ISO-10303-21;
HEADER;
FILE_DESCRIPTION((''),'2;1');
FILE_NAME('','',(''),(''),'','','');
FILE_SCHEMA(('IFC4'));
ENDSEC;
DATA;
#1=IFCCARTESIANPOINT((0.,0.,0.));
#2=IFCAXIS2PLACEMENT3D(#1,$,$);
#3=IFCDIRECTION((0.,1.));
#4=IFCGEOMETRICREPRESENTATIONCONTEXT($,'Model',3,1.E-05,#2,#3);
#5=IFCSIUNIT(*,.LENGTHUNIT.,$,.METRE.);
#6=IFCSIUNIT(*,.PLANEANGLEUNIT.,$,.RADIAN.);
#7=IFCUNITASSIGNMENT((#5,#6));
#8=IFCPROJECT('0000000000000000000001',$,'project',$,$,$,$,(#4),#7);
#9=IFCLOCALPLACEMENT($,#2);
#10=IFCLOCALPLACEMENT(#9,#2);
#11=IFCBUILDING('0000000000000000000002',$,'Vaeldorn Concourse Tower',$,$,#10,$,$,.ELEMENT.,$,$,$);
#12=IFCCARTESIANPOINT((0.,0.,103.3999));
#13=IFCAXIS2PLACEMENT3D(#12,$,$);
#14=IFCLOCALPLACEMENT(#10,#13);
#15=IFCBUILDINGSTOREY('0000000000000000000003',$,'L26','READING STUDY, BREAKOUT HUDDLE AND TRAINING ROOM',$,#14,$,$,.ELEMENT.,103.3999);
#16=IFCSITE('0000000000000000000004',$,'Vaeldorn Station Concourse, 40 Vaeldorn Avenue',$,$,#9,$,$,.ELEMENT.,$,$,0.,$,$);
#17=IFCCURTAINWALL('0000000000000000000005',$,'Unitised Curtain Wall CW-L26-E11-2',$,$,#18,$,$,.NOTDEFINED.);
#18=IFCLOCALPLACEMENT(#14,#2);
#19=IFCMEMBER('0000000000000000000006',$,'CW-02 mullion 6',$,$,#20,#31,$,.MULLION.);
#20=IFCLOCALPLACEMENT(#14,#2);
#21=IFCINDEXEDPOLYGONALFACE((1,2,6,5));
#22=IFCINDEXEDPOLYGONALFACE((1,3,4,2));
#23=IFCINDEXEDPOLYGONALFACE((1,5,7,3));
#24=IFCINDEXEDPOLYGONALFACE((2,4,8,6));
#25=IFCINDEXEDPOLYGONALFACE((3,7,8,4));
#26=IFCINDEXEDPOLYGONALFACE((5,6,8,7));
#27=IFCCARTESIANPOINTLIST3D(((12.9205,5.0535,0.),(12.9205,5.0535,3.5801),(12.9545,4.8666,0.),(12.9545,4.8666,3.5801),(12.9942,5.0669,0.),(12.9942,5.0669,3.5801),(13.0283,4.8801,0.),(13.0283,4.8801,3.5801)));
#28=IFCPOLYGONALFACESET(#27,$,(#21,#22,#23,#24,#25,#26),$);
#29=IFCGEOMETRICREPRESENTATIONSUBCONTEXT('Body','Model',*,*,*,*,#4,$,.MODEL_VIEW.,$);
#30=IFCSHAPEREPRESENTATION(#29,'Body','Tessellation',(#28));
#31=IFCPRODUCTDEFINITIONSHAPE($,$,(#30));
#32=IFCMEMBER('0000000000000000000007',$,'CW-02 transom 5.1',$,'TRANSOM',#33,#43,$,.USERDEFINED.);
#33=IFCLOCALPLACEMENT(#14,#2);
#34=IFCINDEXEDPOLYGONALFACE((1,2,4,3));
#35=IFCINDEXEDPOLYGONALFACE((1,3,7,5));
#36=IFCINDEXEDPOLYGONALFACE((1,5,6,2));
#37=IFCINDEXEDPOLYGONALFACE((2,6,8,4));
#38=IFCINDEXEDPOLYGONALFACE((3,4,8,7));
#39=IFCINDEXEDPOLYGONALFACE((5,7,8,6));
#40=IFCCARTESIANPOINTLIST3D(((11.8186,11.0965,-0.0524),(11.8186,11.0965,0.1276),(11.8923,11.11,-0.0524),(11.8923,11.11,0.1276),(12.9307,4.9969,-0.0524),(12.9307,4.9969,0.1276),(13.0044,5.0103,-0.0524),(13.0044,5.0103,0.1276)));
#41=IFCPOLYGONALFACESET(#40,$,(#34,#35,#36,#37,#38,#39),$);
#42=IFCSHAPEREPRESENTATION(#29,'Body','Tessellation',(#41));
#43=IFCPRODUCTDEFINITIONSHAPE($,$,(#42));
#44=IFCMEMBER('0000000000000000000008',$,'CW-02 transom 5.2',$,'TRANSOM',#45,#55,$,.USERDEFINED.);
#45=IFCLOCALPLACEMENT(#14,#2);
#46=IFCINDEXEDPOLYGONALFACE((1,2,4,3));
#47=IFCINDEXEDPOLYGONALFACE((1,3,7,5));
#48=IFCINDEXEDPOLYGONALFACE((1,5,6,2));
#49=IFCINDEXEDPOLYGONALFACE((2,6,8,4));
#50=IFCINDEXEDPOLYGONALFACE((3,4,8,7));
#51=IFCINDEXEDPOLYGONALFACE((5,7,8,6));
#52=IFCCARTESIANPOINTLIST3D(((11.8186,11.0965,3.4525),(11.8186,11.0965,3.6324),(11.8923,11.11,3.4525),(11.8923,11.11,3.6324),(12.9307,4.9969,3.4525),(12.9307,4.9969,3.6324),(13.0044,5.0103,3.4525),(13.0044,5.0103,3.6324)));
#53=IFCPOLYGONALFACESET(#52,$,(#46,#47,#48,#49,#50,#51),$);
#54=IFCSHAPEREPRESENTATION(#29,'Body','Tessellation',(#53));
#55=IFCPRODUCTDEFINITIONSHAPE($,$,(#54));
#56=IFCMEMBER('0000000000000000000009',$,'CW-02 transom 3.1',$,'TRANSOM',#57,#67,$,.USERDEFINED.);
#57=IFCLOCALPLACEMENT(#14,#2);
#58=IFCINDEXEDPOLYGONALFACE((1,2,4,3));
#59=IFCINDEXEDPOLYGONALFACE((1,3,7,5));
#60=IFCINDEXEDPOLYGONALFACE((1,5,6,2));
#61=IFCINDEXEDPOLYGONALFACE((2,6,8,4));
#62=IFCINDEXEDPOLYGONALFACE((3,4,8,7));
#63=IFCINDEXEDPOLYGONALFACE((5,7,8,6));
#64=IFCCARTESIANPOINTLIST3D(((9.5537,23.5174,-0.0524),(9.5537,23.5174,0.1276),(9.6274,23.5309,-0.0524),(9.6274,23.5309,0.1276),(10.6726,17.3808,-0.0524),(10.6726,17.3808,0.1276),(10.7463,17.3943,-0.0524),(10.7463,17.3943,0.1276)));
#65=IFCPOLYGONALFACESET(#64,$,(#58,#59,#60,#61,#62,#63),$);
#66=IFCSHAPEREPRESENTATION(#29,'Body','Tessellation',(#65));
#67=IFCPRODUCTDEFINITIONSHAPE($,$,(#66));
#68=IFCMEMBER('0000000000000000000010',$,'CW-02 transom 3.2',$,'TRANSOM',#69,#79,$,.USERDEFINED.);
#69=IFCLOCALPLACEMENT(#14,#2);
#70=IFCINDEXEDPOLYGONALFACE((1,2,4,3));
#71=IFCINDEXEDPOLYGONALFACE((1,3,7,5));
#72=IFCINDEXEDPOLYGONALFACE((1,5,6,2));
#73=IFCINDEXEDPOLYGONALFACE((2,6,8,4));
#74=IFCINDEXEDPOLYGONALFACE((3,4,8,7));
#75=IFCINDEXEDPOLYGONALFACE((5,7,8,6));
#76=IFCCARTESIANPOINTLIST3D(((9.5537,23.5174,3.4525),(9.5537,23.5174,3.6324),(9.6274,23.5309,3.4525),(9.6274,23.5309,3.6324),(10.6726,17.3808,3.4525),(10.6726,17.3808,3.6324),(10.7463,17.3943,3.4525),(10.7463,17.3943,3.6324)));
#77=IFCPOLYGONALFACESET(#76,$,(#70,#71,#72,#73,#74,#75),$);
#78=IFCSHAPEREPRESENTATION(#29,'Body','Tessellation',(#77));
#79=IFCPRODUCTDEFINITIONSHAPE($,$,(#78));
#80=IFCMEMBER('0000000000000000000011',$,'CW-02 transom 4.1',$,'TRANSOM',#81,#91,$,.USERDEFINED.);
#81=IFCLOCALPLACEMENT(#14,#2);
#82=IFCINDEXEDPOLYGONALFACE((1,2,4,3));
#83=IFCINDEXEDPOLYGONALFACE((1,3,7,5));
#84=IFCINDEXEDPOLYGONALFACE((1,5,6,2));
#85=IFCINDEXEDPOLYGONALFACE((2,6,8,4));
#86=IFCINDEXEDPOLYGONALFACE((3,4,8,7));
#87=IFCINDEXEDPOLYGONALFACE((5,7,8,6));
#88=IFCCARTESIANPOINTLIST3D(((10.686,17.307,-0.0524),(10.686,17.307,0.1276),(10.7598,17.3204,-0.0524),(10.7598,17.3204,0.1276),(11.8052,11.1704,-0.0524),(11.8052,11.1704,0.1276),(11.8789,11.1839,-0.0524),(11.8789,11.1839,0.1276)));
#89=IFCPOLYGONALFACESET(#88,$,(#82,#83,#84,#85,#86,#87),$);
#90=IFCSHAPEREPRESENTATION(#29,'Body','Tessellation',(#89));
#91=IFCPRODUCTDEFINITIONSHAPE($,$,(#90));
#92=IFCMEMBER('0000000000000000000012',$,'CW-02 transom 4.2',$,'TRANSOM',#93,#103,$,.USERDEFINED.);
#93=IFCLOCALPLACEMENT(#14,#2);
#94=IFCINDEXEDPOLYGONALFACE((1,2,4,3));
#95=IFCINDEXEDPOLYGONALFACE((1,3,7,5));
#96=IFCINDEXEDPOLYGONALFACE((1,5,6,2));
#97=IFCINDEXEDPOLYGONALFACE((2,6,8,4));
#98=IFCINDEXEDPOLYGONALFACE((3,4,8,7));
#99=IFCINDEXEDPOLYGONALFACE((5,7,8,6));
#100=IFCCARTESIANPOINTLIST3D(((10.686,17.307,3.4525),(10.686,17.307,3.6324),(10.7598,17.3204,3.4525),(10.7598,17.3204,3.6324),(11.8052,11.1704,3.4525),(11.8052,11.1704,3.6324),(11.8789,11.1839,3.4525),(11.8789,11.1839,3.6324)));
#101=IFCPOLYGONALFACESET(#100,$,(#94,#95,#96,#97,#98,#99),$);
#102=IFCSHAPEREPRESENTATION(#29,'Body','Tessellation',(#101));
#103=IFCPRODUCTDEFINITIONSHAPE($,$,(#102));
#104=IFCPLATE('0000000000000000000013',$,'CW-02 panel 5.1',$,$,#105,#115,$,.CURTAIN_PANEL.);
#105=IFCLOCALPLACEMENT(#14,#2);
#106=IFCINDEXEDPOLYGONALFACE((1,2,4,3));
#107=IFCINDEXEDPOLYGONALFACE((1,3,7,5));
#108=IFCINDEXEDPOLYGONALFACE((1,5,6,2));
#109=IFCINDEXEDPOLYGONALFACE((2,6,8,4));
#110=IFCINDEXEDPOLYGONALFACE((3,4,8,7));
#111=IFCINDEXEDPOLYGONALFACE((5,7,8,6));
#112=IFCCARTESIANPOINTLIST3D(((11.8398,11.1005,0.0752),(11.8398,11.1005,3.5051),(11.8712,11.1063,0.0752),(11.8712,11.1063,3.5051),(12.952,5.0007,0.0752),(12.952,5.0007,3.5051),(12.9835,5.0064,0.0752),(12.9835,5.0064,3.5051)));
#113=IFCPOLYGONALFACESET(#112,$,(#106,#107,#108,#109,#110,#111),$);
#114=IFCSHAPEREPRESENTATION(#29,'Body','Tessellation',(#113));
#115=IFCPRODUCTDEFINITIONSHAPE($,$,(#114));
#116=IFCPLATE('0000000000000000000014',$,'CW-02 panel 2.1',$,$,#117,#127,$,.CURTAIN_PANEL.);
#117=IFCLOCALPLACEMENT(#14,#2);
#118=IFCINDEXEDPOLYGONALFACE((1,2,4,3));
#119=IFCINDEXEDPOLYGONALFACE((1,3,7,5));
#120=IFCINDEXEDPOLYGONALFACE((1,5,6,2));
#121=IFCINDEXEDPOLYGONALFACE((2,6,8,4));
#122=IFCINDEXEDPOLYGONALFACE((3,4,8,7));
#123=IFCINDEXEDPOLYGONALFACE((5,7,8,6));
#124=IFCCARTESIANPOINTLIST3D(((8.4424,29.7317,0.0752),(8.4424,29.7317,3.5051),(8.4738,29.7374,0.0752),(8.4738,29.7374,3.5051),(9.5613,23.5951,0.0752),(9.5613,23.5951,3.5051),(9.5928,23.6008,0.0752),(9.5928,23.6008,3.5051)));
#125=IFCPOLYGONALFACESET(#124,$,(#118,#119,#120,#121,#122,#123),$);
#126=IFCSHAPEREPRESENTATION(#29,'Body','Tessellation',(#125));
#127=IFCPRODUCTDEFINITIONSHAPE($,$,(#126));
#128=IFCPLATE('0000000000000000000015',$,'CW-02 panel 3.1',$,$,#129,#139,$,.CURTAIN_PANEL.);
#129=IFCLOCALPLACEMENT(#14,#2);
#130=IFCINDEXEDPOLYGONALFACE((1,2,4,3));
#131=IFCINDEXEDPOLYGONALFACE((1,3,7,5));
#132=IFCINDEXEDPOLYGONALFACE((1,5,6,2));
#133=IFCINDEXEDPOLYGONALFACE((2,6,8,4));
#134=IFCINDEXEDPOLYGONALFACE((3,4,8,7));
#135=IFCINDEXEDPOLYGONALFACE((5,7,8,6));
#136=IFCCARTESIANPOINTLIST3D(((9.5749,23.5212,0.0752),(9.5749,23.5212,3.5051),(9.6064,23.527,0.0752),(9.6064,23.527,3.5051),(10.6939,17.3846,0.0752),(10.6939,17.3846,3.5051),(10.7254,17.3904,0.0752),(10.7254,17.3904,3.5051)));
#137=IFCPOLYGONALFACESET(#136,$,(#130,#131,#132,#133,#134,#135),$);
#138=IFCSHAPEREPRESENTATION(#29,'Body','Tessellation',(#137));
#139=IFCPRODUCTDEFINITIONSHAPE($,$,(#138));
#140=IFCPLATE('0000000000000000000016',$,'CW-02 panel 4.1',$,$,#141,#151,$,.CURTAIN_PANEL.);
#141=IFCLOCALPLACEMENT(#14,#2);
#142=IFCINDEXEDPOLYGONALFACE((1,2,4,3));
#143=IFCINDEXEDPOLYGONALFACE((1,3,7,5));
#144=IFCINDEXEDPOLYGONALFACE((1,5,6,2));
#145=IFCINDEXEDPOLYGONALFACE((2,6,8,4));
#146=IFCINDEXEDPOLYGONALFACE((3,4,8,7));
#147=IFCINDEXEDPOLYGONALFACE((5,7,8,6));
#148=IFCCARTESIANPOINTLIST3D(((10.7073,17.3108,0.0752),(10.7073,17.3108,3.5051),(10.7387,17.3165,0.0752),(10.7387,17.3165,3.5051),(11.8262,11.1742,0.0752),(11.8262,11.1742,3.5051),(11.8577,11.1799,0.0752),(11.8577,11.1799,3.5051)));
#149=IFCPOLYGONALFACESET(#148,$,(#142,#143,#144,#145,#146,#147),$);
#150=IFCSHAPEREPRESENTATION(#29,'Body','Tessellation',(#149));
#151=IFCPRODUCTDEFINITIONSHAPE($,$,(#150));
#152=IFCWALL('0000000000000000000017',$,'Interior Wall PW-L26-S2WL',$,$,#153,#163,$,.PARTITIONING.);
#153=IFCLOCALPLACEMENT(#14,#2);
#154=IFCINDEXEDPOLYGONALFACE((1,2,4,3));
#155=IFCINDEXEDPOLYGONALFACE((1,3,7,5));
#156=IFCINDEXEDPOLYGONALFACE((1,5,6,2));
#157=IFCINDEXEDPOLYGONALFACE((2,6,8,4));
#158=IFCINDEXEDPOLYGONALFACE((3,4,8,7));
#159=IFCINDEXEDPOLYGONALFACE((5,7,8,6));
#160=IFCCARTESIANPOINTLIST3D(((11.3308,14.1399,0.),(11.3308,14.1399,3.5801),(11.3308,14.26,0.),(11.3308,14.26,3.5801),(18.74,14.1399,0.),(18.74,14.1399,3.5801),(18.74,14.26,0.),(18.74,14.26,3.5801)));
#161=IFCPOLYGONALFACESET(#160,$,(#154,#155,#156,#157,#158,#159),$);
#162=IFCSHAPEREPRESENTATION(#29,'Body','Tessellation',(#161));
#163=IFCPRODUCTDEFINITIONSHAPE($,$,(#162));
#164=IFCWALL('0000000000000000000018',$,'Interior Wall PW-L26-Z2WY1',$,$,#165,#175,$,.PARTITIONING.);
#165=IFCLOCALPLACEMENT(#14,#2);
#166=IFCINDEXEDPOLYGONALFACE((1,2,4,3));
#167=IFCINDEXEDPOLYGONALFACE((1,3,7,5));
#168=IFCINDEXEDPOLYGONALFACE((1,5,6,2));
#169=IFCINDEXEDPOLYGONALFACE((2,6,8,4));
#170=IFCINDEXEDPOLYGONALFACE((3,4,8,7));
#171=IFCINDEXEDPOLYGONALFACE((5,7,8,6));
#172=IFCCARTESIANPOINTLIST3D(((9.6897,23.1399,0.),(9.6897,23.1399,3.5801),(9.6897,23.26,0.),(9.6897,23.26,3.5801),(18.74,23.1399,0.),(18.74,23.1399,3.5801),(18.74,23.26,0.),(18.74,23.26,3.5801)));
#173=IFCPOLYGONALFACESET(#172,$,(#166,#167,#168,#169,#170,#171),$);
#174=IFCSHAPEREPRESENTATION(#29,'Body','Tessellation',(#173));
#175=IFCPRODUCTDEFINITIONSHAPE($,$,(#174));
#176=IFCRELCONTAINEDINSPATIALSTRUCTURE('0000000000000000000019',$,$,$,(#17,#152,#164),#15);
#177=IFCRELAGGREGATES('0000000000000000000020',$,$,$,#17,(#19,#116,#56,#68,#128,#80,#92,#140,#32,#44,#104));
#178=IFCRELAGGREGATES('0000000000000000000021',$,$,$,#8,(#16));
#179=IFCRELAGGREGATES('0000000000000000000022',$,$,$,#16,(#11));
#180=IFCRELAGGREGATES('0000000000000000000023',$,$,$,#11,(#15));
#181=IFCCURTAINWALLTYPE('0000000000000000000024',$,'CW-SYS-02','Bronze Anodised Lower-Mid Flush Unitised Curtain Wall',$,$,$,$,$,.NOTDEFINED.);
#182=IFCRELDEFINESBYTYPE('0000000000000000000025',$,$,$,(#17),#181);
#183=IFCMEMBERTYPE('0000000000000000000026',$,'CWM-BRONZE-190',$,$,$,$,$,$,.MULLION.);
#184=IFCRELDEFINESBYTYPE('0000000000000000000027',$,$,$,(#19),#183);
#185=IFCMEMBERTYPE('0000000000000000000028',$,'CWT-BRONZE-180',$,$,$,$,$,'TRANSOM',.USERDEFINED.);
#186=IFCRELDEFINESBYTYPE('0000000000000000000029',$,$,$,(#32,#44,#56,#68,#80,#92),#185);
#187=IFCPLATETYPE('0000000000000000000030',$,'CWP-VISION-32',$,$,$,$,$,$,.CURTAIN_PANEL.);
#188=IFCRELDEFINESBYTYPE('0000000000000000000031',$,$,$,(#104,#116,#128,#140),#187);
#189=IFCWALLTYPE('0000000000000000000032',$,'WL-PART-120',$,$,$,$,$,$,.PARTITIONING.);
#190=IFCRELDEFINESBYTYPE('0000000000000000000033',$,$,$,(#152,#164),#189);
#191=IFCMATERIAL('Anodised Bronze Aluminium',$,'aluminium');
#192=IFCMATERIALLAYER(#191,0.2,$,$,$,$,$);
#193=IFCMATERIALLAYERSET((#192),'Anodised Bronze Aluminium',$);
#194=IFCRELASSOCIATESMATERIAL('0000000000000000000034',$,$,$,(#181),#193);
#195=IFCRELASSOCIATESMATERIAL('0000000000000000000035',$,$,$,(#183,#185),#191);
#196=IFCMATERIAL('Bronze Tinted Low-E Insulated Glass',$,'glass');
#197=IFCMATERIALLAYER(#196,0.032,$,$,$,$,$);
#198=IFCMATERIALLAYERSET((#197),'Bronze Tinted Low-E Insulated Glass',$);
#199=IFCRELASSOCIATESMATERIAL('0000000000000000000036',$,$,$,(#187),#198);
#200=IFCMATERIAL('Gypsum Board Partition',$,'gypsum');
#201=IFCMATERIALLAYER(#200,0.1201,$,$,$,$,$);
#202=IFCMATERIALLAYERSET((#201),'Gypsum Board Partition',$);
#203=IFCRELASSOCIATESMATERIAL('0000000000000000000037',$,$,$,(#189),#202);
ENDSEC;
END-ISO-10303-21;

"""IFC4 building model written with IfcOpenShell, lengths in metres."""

from ifc_helpers import new_model, si_unit, direction, frame, frame_2d, origin, origin_2d, place, context, subcontext, project, spatial, rectangle, extrude, source, transform, mapped, material, layer, layer_set, material_profile, profile_set, type_object, element, aggregate, save


model = new_model("IFC4")

# Units and contexts
model_context = context("Model", 3, precision=1e-05, world=origin(), true_north=direction((0.0, 1.0)))
body_context = subcontext(model_context, "Body", "Model", "MODEL_VIEW")
ifc_project = project(units=[si_unit("LENGTHUNIT", "METRE"), si_unit("PLANEANGLEUNIT", "RADIAN")], contexts=[model_context])

# Site, building, storey
site_placement = place(None, origin())
site = spatial("IfcSite", under=ifc_project, at=site_placement, Name="Vaeldorn Station Concourse, 40 Vaeldorn Avenue", CompositionType="ELEMENT", RefElevation=0.0)
building_placement = place(site_placement, origin())
building = spatial("IfcBuilding", under=site, at=building_placement, Name="Vaeldorn Concourse Tower", CompositionType="ELEMENT")
storey_placement = place(building_placement, frame((0.0, 0.0, 103.3999)))
storey = spatial("IfcBuildingStorey", under=building, at=storey_placement, Name="L26", Description="READING STUDY, BREAKOUT HUDDLE AND TRAINING ROOM", CompositionType="ELEMENT", Elevation=103.3999)

# Curtain wall, members, plates
ifc_material_1 = material(Name="Anodised Bronze Aluminium", Category="aluminium")
ifc_layer_1 = layer(ifc_material_1, 0.2)
ifc_layer_set_1 = layer_set([ifc_layer_1], Name="Anodised Bronze Aluminium")
curtain_wall_type = type_object("IfcCurtainWallType", Name="CW-SYS-02", Description="Bronze Anodised Lower-Mid Flush Unitised Curtain Wall", PredefinedType="NOTDEFINED", material=ifc_layer_set_1)
curtain_wall_placement = place(storey_placement, origin())
curtain_wall = element("IfcCurtainWall", 1, at=curtain_wall_placement, inside=storey, type_object=curtain_wall_type, Name="Unitised Curtain Wall CW-L26-E11-2", PredefinedType="NOTDEFINED")
ifc_material_profile_1 = material_profile(ifc_material_1, rectangle(XDim=0.075, YDim=0.1899, at=origin_2d()), Name="CWM 75x190")
ifc_profile_set_1 = profile_set([ifc_material_profile_1], Name="Anodised Bronze Aluminium")
member_type_1 = type_object("IfcMemberType", Name="CWM-BRONZE-190", PredefinedType="MULLION", material=ifc_profile_set_1)
shared_shape_1 = source(origin(), body_context, "Body", "SweptSolid", [
    extrude(rectangle(XDim=0.075, YDim=0.1899, at=origin_2d()), origin(), (0.0, 0.0, 1.0), 3.5801),
])
member_1_placement = place(storey_placement, frame((12.9744, 4.9668, 0.0), z_axis=(0.0, 0.0, 1.0), x_axis=(0.983779, 0.179384, 0.0)))
member_1 = element("IfcMember", 2, at=member_1_placement, type_object=member_type_1, Name="CW-02 mullion 6", PredefinedType="MULLION", context=body_context, shape_type="MappedRepresentation", body=[
    mapped(shared_shape_1, transform((0.0, 0.0, 0.0), scale=1.0)),
])
ifc_material_profile_2 = material_profile(ifc_material_1, rectangle(XDim=0.075, YDim=0.1799, at=origin_2d()), Name="CWT 75x180")
ifc_profile_set_2 = profile_set([ifc_material_profile_2], Name="Anodised Bronze Aluminium")
member_type_2 = type_object("IfcMemberType", Name="CWT-BRONZE-180", ElementType="TRANSOM", PredefinedType="USERDEFINED", material=ifc_profile_set_2)
shared_shape_2 = source(origin(), body_context, "Body", "SweptSolid", [
    extrude(rectangle(XDim=0.075, YDim=0.1799, at=origin_2d()), origin(), (0.0, 0.0, 1.0), 6.2002),
])
member_2_placement = place(storey_placement, frame((11.8555, 11.1033, 0.0376), z_axis=(0.17936, -0.983783, 0.0), x_axis=(0.983783, 0.17936, 0.0)))
member_2 = element("IfcMember", 3, at=member_2_placement, type_object=member_type_2, Name="CW-02 transom 5.1", ObjectType="TRANSOM", PredefinedType="USERDEFINED", context=body_context, shape_type="MappedRepresentation", body=[
    mapped(shared_shape_2, transform((0.0, 0.0, 0.0), scale=1.0)),
])
member_3_placement = place(storey_placement, frame((11.8555, 11.1033, 3.5425), z_axis=(0.17936, -0.983783, 0.0), x_axis=(0.983783, 0.17936, 0.0)))
member_3 = element("IfcMember", 4, at=member_3_placement, type_object=member_type_2, Name="CW-02 transom 5.2", ObjectType="TRANSOM", PredefinedType="USERDEFINED", context=body_context, shape_type="MappedRepresentation", body=[
    mapped(shared_shape_2, transform((0.0, 0.0, 0.0), scale=1.0)),
])
shared_shape_3 = source(origin(), body_context, "Body", "SweptSolid", [
    extrude(rectangle(XDim=0.075, YDim=0.1799, at=origin_2d()), origin(), (0.0, 0.0, 1.0), 6.2378),
])
member_4_placement = place(storey_placement, frame((9.5906, 23.5242, 0.0376), z_axis=(0.179371, -0.983781, 0.0), x_axis=(0.983781, 0.179371, 0.0)))
member_4 = element("IfcMember", 5, at=member_4_placement, type_object=member_type_2, Name="CW-02 transom 3.1", ObjectType="TRANSOM", PredefinedType="USERDEFINED", context=body_context, shape_type="MappedRepresentation", body=[
    mapped(shared_shape_3, transform((0.0, 0.0, 0.0), scale=1.0)),
])
member_5_placement = place(storey_placement, frame((9.5906, 23.5242, 3.5425), z_axis=(0.179371, -0.983781, 0.0), x_axis=(0.983781, 0.179371, 0.0)))
member_5 = element("IfcMember", 6, at=member_5_placement, type_object=member_type_2, Name="CW-02 transom 3.2", ObjectType="TRANSOM", PredefinedType="USERDEFINED", context=body_context, shape_type="MappedRepresentation", body=[
    mapped(shared_shape_3, transform((0.0, 0.0, 0.0), scale=1.0)),
])
member_6_placement = place(storey_placement, frame((10.7229, 17.3137, 0.0376), z_axis=(0.179416, -0.983773, 0.0), x_axis=(0.983773, 0.179416, 0.0)))
member_6 = element("IfcMember", 7, at=member_6_placement, type_object=member_type_2, Name="CW-02 transom 4.1", ObjectType="TRANSOM", PredefinedType="USERDEFINED", context=body_context, shape_type="MappedRepresentation", body=[
    mapped(shared_shape_3, transform((0.0, 0.0, 0.0), scale=1.0)),
])
member_7_placement = place(storey_placement, frame((10.7229, 17.3137, 3.5425), z_axis=(0.179416, -0.983773, 0.0), x_axis=(0.983773, 0.179416, 0.0)))
member_7 = element("IfcMember", 8, at=member_7_placement, type_object=member_type_2, Name="CW-02 transom 4.2", ObjectType="TRANSOM", PredefinedType="USERDEFINED", context=body_context, shape_type="MappedRepresentation", body=[
    mapped(shared_shape_3, transform((0.0, 0.0, 0.0), scale=1.0)),
])
ifc_material_2 = material(Name="Bronze Tinted Low-E Insulated Glass", Category="glass")
ifc_layer_2 = layer(ifc_material_2, 0.032)
ifc_layer_set_2 = layer_set([ifc_layer_2], Name="Bronze Tinted Low-E Insulated Glass")
plate_type = type_object("IfcPlateType", Name="CWP-VISION-32", PredefinedType="CURTAIN_PANEL", material=ifc_layer_set_2)
shared_shape_4 = source(origin(), body_context, "Body", "SweptSolid", [
    extrude(rectangle(XDim=6.2004, YDim=0.032, at=origin_2d()), origin(), (0.0, 0.0, 1.0), 3.4299),
])
plate_1_placement = place(storey_placement, frame((12.4116, 8.0535, 0.0752), z_axis=(0.0, 0.0, 1.0), x_axis=(0.179384, -0.983779, 0.0)))
plate_1 = element("IfcPlate", 9, at=plate_1_placement, type_object=plate_type, Name="CW-02 panel 5.1", PredefinedType="CURTAIN_PANEL", context=body_context, shape_type="MappedRepresentation", body=[
    mapped(shared_shape_4, transform((0.0, 0.0, 0.0), scale=1.0)),
])
shared_shape_5 = source(origin(), body_context, "Body", "SweptSolid", [
    extrude(rectangle(XDim=6.2378, YDim=0.032, at=origin_2d()), origin(), (0.0, 0.0, 1.0), 3.4299),
])
plate_2_placement = place(storey_placement, frame((9.0176, 26.6663, 0.0752), z_axis=(0.0, 0.0, 1.0), x_axis=(0.179384, -0.983779, 0.0)))
plate_2 = element("IfcPlate", 10, at=plate_2_placement, type_object=plate_type, Name="CW-02 panel 2.1", PredefinedType="CURTAIN_PANEL", context=body_context, shape_type="MappedRepresentation", body=[
    mapped(shared_shape_5, transform((0.0, 0.0, 0.0), scale=1.0)),
])
plate_3_placement = place(storey_placement, frame((10.1501, 20.4558, 0.0752), z_axis=(0.0, 0.0, 1.0), x_axis=(0.179384, -0.983779, 0.0)))
plate_3 = element("IfcPlate", 11, at=plate_3_placement, type_object=plate_type, Name="CW-02 panel 3.1", PredefinedType="CURTAIN_PANEL", context=body_context, shape_type="MappedRepresentation", body=[
    mapped(shared_shape_5, transform((0.0, 0.0, 0.0), scale=1.0)),
])
plate_4_placement = place(storey_placement, frame((11.2825, 14.2454, 0.0752), z_axis=(0.0, 0.0, 1.0), x_axis=(0.179384, -0.983779, 0.0)))
plate_4 = element("IfcPlate", 12, at=plate_4_placement, type_object=plate_type, Name="CW-02 panel 4.1", PredefinedType="CURTAIN_PANEL", context=body_context, shape_type="MappedRepresentation", body=[
    mapped(shared_shape_5, transform((0.0, 0.0, 0.0), scale=1.0)),
])
aggregate(curtain_wall, [member_1, plate_2, member_4, member_5, plate_3, member_6, member_7, plate_4, member_2, member_3, plate_1])

# Walls
ifc_material_3 = material(Name="Gypsum Board Partition", Category="gypsum")
ifc_layer_3 = layer(ifc_material_3, 0.1201)
ifc_layer_set_3 = layer_set([ifc_layer_3], Name="Gypsum Board Partition")
wall_type = type_object("IfcWallType", Name="WL-PART-120", PredefinedType="PARTITIONING", material=ifc_layer_set_3)
wall_1_placement = place(storey_placement, frame((11.3308, 14.2, 0.0), z_axis=(0.0, 0.0, 1.0), x_axis=(1.0, 0.0, 0.0)))
element("IfcWall", 13, at=wall_1_placement, inside=storey, type_object=wall_type, Name="Interior Wall PW-L26-S2WL", PredefinedType="PARTITIONING", context=body_context, shape_type="SweptSolid", body=[
    extrude(rectangle(XDim=7.4092, YDim=0.1201, at=frame_2d((3.7046, 0.0))), origin(), (0.0, 0.0, 1.0), 3.5801),
])
wall_2_placement = place(storey_placement, frame((9.6897, 23.2, 0.0), z_axis=(0.0, 0.0, 1.0), x_axis=(1.0, 0.0, 0.0)))
element("IfcWall", 14, at=wall_2_placement, inside=storey, type_object=wall_type, Name="Interior Wall PW-L26-Z2WY1", PredefinedType="PARTITIONING", context=body_context, shape_type="SweptSolid", body=[
    extrude(rectangle(XDim=9.0503, YDim=0.1201, at=frame_2d((4.5251, 0.0))), origin(), (0.0, 0.0, 1.0), 3.5801),
])

save(model, "model.ifc")
